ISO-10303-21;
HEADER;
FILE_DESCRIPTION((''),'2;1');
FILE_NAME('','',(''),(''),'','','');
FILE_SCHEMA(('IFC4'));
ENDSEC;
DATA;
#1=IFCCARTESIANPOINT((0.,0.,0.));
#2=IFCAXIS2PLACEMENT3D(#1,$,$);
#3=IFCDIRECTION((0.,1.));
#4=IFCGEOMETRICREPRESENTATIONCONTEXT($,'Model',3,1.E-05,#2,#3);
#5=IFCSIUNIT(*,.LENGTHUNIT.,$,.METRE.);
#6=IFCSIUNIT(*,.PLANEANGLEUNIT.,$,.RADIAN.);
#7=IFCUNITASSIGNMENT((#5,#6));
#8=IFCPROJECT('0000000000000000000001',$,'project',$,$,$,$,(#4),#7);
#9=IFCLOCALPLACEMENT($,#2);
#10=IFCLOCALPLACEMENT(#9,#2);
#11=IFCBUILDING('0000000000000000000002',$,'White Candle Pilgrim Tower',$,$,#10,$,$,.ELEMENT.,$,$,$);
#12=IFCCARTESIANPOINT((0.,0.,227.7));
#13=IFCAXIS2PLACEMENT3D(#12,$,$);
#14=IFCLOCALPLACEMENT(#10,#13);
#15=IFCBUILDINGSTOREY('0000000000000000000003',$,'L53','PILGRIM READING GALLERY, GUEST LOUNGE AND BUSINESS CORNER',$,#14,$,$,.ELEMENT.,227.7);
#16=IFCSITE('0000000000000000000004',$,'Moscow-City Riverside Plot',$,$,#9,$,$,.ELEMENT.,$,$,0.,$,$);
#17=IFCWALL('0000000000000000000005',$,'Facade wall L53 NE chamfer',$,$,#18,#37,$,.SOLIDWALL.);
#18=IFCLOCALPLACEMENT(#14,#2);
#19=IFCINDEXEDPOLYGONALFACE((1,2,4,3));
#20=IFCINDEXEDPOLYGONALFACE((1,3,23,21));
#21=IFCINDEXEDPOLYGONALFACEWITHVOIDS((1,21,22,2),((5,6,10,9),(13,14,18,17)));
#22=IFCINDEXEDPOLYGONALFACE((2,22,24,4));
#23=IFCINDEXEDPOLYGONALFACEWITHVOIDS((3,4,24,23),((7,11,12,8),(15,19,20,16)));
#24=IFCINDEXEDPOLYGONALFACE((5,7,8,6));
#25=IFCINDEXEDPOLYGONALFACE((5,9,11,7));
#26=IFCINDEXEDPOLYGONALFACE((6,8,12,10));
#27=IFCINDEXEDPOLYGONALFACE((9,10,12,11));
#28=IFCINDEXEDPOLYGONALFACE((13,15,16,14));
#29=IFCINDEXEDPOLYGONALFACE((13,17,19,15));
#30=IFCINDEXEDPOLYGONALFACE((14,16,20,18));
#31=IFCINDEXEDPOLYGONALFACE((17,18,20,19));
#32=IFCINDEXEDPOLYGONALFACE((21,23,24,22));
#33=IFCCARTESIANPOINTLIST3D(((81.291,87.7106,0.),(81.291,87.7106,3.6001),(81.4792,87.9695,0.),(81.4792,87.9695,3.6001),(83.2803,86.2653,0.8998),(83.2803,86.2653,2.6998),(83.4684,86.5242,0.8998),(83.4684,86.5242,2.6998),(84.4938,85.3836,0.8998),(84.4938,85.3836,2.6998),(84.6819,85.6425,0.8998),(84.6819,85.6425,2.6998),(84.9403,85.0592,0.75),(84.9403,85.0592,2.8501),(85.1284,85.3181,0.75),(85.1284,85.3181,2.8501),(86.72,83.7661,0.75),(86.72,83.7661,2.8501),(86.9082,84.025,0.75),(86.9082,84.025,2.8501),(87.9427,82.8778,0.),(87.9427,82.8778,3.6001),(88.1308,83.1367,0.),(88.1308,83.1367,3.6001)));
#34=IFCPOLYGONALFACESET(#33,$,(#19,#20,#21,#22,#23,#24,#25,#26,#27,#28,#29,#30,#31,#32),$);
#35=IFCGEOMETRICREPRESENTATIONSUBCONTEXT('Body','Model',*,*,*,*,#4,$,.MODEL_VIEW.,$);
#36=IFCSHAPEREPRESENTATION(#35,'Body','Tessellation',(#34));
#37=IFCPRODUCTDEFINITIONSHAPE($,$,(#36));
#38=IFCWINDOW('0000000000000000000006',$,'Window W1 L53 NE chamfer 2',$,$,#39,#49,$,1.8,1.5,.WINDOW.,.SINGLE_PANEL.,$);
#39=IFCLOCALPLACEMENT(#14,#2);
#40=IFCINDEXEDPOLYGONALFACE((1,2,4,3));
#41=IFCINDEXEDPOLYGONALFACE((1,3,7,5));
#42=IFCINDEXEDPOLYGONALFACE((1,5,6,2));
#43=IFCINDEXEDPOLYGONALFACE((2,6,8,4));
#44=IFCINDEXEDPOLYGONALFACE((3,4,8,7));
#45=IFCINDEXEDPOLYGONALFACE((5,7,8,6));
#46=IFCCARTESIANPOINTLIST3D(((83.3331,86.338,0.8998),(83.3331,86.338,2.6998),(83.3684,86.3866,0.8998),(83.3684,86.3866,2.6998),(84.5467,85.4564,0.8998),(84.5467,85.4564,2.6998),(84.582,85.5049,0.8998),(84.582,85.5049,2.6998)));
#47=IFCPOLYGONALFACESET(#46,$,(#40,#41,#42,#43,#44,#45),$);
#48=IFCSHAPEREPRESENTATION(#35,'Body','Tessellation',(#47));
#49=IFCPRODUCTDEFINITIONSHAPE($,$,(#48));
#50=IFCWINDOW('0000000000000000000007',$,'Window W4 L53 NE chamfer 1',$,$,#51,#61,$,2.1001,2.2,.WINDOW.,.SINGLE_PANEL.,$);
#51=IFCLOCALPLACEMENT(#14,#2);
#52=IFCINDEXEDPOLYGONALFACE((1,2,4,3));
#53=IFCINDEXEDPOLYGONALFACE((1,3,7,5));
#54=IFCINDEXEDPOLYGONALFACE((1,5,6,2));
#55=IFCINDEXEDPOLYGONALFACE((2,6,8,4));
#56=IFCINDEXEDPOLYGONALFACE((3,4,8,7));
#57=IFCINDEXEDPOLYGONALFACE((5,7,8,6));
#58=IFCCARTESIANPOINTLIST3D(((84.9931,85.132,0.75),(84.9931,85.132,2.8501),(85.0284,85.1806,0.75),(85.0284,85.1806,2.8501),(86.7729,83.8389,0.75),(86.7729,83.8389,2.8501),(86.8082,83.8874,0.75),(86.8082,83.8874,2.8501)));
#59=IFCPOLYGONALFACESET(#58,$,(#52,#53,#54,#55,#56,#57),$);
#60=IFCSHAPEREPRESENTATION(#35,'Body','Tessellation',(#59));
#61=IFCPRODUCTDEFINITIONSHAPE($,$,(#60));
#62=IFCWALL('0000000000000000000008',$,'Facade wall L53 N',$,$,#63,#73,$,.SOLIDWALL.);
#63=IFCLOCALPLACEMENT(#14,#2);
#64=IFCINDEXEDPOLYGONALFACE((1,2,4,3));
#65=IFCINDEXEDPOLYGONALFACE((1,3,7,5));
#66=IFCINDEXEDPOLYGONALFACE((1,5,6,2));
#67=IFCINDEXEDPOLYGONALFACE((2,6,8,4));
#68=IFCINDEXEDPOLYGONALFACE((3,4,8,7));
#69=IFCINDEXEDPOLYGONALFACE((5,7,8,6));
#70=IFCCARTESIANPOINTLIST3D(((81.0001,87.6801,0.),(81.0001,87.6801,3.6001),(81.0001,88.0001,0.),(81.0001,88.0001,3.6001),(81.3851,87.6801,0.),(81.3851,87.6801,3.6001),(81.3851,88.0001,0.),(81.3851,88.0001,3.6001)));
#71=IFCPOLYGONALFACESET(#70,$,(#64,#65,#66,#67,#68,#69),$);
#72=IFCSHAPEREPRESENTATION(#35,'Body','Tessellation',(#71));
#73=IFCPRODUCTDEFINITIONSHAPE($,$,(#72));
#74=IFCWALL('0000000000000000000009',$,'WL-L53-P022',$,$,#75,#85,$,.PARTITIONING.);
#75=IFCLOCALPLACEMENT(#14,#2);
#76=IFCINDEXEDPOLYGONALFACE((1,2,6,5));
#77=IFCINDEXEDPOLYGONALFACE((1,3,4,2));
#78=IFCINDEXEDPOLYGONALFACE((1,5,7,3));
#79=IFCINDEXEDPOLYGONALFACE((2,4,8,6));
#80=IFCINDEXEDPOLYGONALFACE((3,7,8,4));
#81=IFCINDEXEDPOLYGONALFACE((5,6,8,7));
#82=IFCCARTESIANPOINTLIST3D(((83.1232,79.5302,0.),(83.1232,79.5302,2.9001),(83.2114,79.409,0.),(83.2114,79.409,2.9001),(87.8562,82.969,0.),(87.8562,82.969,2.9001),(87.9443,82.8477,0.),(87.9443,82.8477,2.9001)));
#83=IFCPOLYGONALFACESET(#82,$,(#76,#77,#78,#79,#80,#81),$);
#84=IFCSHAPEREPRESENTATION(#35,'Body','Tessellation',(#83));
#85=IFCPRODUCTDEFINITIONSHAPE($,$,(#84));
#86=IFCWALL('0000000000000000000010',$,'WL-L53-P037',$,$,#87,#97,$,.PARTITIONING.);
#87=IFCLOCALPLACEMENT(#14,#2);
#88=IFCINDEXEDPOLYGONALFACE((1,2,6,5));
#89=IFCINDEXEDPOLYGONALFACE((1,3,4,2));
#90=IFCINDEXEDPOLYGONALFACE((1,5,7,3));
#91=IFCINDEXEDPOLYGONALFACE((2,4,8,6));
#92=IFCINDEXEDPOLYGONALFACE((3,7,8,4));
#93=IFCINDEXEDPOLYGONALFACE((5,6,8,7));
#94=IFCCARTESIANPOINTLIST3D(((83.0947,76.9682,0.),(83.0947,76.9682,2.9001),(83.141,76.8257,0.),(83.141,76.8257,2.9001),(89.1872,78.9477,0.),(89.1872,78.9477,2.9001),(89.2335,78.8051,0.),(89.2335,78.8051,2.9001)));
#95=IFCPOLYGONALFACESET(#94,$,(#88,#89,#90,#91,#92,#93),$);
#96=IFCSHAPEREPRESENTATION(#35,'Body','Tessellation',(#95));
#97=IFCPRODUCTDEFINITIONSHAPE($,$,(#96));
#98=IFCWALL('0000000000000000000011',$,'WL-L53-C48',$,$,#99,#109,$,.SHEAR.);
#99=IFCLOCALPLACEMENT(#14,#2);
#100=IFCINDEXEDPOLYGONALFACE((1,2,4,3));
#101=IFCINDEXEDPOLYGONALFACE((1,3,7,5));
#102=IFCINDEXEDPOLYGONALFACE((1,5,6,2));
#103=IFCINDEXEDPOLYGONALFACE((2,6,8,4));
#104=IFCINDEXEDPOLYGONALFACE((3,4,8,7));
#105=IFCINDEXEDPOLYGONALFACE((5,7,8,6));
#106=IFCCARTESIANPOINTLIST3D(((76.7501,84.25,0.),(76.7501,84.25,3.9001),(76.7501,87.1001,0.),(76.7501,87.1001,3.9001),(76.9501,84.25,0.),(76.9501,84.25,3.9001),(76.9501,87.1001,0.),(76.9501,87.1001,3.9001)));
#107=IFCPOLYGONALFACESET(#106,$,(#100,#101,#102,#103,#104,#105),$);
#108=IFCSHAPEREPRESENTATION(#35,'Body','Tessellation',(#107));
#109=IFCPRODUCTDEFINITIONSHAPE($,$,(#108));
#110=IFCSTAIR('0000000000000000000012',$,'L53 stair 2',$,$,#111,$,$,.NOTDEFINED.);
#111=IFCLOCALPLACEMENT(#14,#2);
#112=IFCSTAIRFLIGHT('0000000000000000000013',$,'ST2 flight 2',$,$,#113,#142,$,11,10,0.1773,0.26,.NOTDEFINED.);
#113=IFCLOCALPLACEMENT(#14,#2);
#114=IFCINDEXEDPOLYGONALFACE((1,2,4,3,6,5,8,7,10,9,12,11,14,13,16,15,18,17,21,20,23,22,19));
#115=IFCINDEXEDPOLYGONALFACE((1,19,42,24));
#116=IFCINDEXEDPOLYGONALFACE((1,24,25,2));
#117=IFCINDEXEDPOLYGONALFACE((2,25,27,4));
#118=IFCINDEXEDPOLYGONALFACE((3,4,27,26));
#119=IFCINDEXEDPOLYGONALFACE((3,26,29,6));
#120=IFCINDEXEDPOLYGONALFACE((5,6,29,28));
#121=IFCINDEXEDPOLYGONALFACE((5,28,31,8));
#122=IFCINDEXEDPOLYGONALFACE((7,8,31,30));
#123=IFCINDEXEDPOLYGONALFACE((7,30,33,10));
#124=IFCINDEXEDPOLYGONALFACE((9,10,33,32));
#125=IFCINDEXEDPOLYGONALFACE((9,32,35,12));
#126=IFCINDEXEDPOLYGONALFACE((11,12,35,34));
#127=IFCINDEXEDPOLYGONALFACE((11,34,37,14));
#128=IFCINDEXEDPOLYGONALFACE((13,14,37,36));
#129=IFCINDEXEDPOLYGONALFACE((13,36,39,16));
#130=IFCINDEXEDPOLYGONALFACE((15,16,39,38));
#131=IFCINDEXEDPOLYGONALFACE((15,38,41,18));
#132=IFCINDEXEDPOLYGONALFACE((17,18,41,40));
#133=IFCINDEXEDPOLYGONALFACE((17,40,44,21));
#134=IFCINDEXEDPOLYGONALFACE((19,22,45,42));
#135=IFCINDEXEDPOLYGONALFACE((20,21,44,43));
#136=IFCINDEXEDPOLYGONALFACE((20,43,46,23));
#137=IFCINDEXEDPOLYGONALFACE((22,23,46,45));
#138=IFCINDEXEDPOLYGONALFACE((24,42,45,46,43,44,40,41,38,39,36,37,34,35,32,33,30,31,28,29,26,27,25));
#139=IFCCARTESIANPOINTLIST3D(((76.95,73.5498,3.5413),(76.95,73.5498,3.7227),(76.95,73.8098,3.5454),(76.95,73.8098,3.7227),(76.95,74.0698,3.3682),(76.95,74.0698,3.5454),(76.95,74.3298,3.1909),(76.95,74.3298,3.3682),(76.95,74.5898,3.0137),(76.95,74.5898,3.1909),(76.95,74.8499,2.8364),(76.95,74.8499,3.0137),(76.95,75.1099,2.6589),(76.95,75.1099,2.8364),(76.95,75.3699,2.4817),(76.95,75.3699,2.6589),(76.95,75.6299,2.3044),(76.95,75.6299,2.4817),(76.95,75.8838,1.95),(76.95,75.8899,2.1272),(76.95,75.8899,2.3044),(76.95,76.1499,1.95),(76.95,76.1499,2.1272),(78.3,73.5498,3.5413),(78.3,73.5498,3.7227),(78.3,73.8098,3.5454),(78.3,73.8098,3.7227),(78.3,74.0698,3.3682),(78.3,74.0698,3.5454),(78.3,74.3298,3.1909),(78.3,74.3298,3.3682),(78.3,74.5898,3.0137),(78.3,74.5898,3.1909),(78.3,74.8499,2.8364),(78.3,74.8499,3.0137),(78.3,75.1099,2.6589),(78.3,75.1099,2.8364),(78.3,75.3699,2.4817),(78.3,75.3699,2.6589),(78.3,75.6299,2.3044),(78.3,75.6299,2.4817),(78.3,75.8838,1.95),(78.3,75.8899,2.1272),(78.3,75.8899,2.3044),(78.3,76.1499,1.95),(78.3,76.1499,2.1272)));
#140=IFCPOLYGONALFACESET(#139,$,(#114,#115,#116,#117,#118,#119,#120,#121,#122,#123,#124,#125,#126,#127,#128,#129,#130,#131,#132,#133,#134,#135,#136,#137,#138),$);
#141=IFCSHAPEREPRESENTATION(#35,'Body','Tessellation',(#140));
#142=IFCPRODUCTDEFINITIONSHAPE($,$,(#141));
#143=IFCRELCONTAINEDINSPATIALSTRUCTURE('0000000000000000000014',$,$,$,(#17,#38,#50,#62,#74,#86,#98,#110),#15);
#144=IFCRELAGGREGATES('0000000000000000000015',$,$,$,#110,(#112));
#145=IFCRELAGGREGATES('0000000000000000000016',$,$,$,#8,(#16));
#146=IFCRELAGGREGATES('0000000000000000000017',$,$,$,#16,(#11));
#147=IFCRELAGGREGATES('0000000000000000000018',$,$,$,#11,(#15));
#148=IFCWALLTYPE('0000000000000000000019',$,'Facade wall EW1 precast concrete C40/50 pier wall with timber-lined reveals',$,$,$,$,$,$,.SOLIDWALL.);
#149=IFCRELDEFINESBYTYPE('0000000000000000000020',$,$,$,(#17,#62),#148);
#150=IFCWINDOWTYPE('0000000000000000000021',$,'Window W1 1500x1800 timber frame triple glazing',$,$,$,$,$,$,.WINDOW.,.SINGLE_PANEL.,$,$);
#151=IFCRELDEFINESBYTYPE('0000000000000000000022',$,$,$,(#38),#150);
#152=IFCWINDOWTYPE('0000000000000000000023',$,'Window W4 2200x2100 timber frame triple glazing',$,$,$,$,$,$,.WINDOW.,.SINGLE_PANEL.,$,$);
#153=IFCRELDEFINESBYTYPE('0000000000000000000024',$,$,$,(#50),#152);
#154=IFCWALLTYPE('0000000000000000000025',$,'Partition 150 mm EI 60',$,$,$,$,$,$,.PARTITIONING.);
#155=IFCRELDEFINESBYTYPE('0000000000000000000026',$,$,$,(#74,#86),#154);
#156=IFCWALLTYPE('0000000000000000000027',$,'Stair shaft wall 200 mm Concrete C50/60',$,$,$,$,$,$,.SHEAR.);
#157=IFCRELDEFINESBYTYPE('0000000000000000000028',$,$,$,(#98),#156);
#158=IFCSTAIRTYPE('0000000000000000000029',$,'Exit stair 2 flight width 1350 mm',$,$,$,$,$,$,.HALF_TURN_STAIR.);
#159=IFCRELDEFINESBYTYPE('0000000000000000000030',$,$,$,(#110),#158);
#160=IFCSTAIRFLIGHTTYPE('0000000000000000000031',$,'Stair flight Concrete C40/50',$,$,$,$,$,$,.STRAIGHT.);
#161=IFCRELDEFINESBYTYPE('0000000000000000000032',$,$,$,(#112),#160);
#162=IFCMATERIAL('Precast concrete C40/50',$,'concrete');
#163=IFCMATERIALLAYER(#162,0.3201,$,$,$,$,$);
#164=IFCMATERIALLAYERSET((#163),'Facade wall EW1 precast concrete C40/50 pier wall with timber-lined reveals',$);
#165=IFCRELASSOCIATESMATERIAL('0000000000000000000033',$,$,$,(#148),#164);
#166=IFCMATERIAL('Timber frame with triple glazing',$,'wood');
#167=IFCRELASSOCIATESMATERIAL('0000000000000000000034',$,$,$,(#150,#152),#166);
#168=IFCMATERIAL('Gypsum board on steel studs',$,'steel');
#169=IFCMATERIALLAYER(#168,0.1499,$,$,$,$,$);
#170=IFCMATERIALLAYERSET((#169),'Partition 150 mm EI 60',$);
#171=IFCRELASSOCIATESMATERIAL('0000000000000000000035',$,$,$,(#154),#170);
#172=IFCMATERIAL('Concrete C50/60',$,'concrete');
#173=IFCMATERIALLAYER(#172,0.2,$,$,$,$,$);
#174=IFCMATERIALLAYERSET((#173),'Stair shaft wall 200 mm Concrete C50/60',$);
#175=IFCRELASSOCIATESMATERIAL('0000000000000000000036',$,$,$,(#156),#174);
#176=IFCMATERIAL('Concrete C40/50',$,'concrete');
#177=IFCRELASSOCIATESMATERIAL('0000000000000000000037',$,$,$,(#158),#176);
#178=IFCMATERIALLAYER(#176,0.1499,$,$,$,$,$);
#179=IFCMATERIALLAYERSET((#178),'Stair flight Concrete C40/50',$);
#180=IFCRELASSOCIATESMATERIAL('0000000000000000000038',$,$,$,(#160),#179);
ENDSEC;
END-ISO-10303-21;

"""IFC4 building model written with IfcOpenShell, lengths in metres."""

from ifc_helpers import new_model, si_unit, direction, frame, frame_2d, origin, place, context, subcontext, project, spatial, polyline, rectangle, outline, extrude, material, layer, layer_set, type_object, element, fill, aggregate, save


model = new_model("IFC4")

# Units and contexts
model_context = context("Model", 3, precision=1e-05, world=origin(), true_north=direction((0.0, 1.0)))
body_context = subcontext(model_context, "Body", "Model", "MODEL_VIEW")
ifc_project = project(units=[si_unit("LENGTHUNIT", "METRE"), si_unit("PLANEANGLEUNIT", "RADIAN")], contexts=[model_context])

# Site, building, storey
site_placement = place(None, origin())
site = spatial("IfcSite", under=ifc_project, at=site_placement, Name="Moscow-City Riverside Plot", CompositionType="ELEMENT", RefElevation=0.0)
building_placement = place(site_placement, origin())
building = spatial("IfcBuilding", under=site, at=building_placement, Name="White Candle Pilgrim Tower", CompositionType="ELEMENT")
storey_placement = place(building_placement, frame((0.0, 0.0, 227.7)))
storey = spatial("IfcBuildingStorey", under=building, at=storey_placement, Name="L53", Description="PILGRIM READING GALLERY, GUEST LOUNGE AND BUSINESS CORNER", CompositionType="ELEMENT", Elevation=227.7)

# Shared definitions
ifc_material_1 = material(Name="Concrete C50/60", Category="concrete")

# Shared definitions
ifc_material_2 = material(Name="Gypsum board on steel studs", Category="steel")

# Wall, openings, windows
ifc_material_3 = material(Name="Precast concrete C40/50", Category="concrete")
ifc_layer_1 = layer(ifc_material_3, 0.3201)
ifc_layer_set_1 = layer_set([ifc_layer_1], Name="Facade wall EW1 precast concrete C40/50 pier wall with timber-lined reveals")
wall_type_1 = type_object("IfcWallType", Name="Facade wall EW1 precast concrete C40/50 pier wall with timber-lined reveals", PredefinedType="SOLIDWALL", material=ifc_layer_set_1)
wall_1_placement = place(storey_placement, frame((88.0366, 83.0073, 0.0), z_axis=(0.0, 0.0, 1.0), x_axis=(-0.809012, 0.587792, 0.0)))
wall_1 = element("IfcWall", 1, at=wall_1_placement, inside=storey, type_object=wall_type_1, Name="Facade wall L53 NE chamfer", PredefinedType="SOLIDWALL", context=body_context, shape_type="SweptSolid", body=[
    extrude(rectangle(XDim=8.2219, YDim=0.3201, at=frame_2d((4.1108, 0.0))), origin(), (0.0, 0.0, 1.0), 3.6001),
])
opening_1_placement = place(wall_1_placement, frame((1.511, 0.0, 0.75)))
opening_1 = element("IfcOpeningElement", 2, at=opening_1_placement, cuts=wall_1, PredefinedType="OPENING", context=body_context, shape_type="SweptSolid", body=[
    extrude(rectangle(XDim=2.2, YDim=2.1001, at=frame_2d((1.1001, 1.05))), frame((0.0, 0.1699, 0.0), z_axis=(0.0, -1.0, 0.0), x_axis=(1.0, 0.0, 0.0)), (0.0, 0.0, 1.0), 0.3401),
])
opening_2_placement = place(wall_1_placement, frame((4.2629, 0.0, 0.8999)))
opening_2 = element("IfcOpeningElement", 3, at=opening_2_placement, cuts=wall_1, PredefinedType="OPENING", context=body_context, shape_type="SweptSolid", body=[
    extrude(rectangle(XDim=1.5, YDim=1.8, at=frame_2d((0.75, 0.8999))), frame((0.0, 0.1699, 0.0), z_axis=(0.0, -1.0, 0.0), x_axis=(1.0, 0.0, 0.0)), (0.0, 0.0, 1.0), 0.3401),
])
ifc_material_4 = material(Name="Timber frame with triple glazing", Category="wood")
window_type_1 = type_object("IfcWindowType", Name="Window W1 1500x1800 timber frame triple glazing", PartitioningType="SINGLE_PANEL", PredefinedType="WINDOW", material=ifc_material_4)
window_1_placement = place(opening_2_placement, origin())
window_1 = element("IfcWindow", 4, at=window_1_placement, inside=storey, type_object=window_type_1, Name="Window W1 L53 NE chamfer 2", OverallHeight=1.8, OverallWidth=1.5, PartitioningType="SINGLE_PANEL", PredefinedType="WINDOW", context=body_context, shape_type="SweptSolid", body=[
    extrude(rectangle(XDim=1.5, YDim=1.8, at=frame_2d((0.75, 0.8999))), frame((0.0, 0.0701, 0.0), z_axis=(0.0, -1.0, 0.0), x_axis=(1.0, 0.0, 0.0)), (0.0, 0.0, 1.0), 0.0601),
])
fill(opening_2, window_1)
window_type_2 = type_object("IfcWindowType", Name="Window W4 2200x2100 timber frame triple glazing", PartitioningType="SINGLE_PANEL", PredefinedType="WINDOW", material=ifc_material_4)
window_2_placement = place(opening_1_placement, origin())
window_2 = element("IfcWindow", 5, at=window_2_placement, inside=storey, type_object=window_type_2, Name="Window W4 L53 NE chamfer 1", OverallHeight=2.1001, OverallWidth=2.2, PartitioningType="SINGLE_PANEL", PredefinedType="WINDOW", context=body_context, shape_type="SweptSolid", body=[
    extrude(rectangle(XDim=2.2, YDim=2.1001, at=frame_2d((1.1001, 1.05))), frame((0.0, 0.0701, 0.0), z_axis=(0.0, -1.0, 0.0), x_axis=(1.0, 0.0, 0.0)), (0.0, 0.0, 1.0), 0.0601),
])
fill(opening_1, window_2)

# Walls
wall_2_placement = place(storey_placement, frame((81.385, 87.8401, 0.0), z_axis=(0.0, 0.0, 1.0), x_axis=(-1.0, 0.0, 0.0)))
element("IfcWall", 6, at=wall_2_placement, inside=storey, type_object=wall_type_1, Name="Facade wall L53 N", PredefinedType="SOLIDWALL", context=body_context, shape_type="SweptSolid", body=[
    extrude(rectangle(XDim=0.385, YDim=0.3201, at=frame_2d((0.1924, 0.0))), origin(), (0.0, 0.0, 1.0), 3.6001),
])
ifc_layer_2 = layer(ifc_material_2, 0.1499)
ifc_layer_set_2 = layer_set([ifc_layer_2], Name="Partition 150 mm EI 60")
wall_type_2 = type_object("IfcWallType", Name="Partition 150 mm EI 60", PredefinedType="PARTITIONING", material=ifc_layer_set_2)
wall_3_placement = place(storey_placement, frame((87.9004, 82.9084, 0.0), z_axis=(0.0, 0.0, 1.0), x_axis=(-0.809012, -0.587792, 0.0)))
element("IfcWall", 7, at=wall_3_placement, inside=storey, type_object=wall_type_2, Name="WL-L53-P022", PredefinedType="PARTITIONING", context=body_context, shape_type="SweptSolid", body=[
    extrude(rectangle(XDim=5.8503, YDim=0.1499, at=frame_2d((2.9253, 0.0))), origin(), (0.0, 0.0, 1.0), 2.9001),
])
wall_4_placement = place(storey_placement, frame((89.2104, 78.8765, 0.0), z_axis=(0.0, 0.0, 1.0), x_axis=(-0.951061, -0.309004, 0.0)))
element("IfcWall", 8, at=wall_4_placement, inside=storey, type_object=wall_type_2, Name="WL-L53-P037", PredefinedType="PARTITIONING", context=body_context, shape_type="SweptSolid", body=[
    extrude(rectangle(XDim=6.406, YDim=0.1499, at=frame_2d((3.2031, 0.0))), origin(), (0.0, 0.0, 1.0), 2.9001),
])
ifc_layer_3 = layer(ifc_material_1, 0.2)
ifc_layer_set_3 = layer_set([ifc_layer_3], Name="Stair shaft wall 200 mm Concrete C50/60")
wall_type_3 = type_object("IfcWallType", Name="Stair shaft wall 200 mm Concrete C50/60", PredefinedType="SHEAR", material=ifc_layer_set_3)
wall_5_placement = place(storey_placement, frame((76.8501, 84.25, 0.0), z_axis=(0.0, 0.0, 1.0), x_axis=(0.0, 1.0, 0.0)))
element("IfcWall", 9, at=wall_5_placement, inside=storey, type_object=wall_type_3, Name="WL-L53-C48", PredefinedType="SHEAR", context=body_context, shape_type="SweptSolid", body=[
    extrude(rectangle(XDim=2.8501, YDim=0.2, at=frame_2d((1.425, 0.0))), origin(), (0.0, 0.0, 1.0), 3.9001),
])

# Stair, stair flight
ifc_material_5 = material(Name="Concrete C40/50", Category="concrete")
stair_type = type_object("IfcStairType", Name="Exit stair 2 flight width 1350 mm", PredefinedType="HALF_TURN_STAIR", material=ifc_material_5)
stair_placement = place(storey_placement, origin())
stair = element("IfcStair", 10, at=stair_placement, inside=storey, type_object=stair_type, Name="L53 stair 2", PredefinedType="NOTDEFINED")
ifc_layer_4 = layer(ifc_material_5, 0.1499)
ifc_layer_set_4 = layer_set([ifc_layer_4], Name="Stair flight Concrete C40/50")
stair_flight_type = type_object("IfcStairFlightType", Name="Stair flight Concrete C40/50", PredefinedType="STRAIGHT", material=ifc_layer_set_4)
stair_flight_placement = place(storey_placement, frame((77.625, 76.1499, 1.95), z_axis=(0.0, 0.0, 1.0), x_axis=(0.0, -1.0, 0.0)))
stair_flight = element("IfcStairFlight", 11, at=stair_flight_placement, type_object=stair_flight_type, Name="ST2 flight 2", NumberOfRisers=11, NumberOfTreads=10, PredefinedType="NOTDEFINED", RiserHeight=0.1773, TreadLength=0.26, context=body_context, shape_type="SweptSolid", body=[
    extrude(outline(polyline([(0.0, 0.0), (0.0, 0.1772), (0.26, 0.1772), (0.26, 0.3545), (0.52, 0.3545), (0.52, 0.5317), (0.78, 0.5317), (0.78, 0.709), (1.04, 0.709), (1.04, 0.8865), (1.3, 0.8865), (1.3, 1.0637), (1.5601, 1.0637), (1.5601, 1.241), (1.8201, 1.241), (1.8201, 1.4182), (2.0801, 1.4182), (2.0801, 1.5955), (2.3401, 1.5955), (2.3401, 1.7727), (2.6001, 1.7727), (2.6001, 1.95), (2.6001, 1.5913), (0.2661, 0.0), (0.0, 0.0)])), frame((0.0, 0.675, 0.0), z_axis=(0.0, -1.0, 0.0), x_axis=(1.0, 0.0, 0.0)), (0.0, 0.0, 1.0), 1.3501),
])
aggregate(stair, [stair_flight])

save(model, "model.ifc")
